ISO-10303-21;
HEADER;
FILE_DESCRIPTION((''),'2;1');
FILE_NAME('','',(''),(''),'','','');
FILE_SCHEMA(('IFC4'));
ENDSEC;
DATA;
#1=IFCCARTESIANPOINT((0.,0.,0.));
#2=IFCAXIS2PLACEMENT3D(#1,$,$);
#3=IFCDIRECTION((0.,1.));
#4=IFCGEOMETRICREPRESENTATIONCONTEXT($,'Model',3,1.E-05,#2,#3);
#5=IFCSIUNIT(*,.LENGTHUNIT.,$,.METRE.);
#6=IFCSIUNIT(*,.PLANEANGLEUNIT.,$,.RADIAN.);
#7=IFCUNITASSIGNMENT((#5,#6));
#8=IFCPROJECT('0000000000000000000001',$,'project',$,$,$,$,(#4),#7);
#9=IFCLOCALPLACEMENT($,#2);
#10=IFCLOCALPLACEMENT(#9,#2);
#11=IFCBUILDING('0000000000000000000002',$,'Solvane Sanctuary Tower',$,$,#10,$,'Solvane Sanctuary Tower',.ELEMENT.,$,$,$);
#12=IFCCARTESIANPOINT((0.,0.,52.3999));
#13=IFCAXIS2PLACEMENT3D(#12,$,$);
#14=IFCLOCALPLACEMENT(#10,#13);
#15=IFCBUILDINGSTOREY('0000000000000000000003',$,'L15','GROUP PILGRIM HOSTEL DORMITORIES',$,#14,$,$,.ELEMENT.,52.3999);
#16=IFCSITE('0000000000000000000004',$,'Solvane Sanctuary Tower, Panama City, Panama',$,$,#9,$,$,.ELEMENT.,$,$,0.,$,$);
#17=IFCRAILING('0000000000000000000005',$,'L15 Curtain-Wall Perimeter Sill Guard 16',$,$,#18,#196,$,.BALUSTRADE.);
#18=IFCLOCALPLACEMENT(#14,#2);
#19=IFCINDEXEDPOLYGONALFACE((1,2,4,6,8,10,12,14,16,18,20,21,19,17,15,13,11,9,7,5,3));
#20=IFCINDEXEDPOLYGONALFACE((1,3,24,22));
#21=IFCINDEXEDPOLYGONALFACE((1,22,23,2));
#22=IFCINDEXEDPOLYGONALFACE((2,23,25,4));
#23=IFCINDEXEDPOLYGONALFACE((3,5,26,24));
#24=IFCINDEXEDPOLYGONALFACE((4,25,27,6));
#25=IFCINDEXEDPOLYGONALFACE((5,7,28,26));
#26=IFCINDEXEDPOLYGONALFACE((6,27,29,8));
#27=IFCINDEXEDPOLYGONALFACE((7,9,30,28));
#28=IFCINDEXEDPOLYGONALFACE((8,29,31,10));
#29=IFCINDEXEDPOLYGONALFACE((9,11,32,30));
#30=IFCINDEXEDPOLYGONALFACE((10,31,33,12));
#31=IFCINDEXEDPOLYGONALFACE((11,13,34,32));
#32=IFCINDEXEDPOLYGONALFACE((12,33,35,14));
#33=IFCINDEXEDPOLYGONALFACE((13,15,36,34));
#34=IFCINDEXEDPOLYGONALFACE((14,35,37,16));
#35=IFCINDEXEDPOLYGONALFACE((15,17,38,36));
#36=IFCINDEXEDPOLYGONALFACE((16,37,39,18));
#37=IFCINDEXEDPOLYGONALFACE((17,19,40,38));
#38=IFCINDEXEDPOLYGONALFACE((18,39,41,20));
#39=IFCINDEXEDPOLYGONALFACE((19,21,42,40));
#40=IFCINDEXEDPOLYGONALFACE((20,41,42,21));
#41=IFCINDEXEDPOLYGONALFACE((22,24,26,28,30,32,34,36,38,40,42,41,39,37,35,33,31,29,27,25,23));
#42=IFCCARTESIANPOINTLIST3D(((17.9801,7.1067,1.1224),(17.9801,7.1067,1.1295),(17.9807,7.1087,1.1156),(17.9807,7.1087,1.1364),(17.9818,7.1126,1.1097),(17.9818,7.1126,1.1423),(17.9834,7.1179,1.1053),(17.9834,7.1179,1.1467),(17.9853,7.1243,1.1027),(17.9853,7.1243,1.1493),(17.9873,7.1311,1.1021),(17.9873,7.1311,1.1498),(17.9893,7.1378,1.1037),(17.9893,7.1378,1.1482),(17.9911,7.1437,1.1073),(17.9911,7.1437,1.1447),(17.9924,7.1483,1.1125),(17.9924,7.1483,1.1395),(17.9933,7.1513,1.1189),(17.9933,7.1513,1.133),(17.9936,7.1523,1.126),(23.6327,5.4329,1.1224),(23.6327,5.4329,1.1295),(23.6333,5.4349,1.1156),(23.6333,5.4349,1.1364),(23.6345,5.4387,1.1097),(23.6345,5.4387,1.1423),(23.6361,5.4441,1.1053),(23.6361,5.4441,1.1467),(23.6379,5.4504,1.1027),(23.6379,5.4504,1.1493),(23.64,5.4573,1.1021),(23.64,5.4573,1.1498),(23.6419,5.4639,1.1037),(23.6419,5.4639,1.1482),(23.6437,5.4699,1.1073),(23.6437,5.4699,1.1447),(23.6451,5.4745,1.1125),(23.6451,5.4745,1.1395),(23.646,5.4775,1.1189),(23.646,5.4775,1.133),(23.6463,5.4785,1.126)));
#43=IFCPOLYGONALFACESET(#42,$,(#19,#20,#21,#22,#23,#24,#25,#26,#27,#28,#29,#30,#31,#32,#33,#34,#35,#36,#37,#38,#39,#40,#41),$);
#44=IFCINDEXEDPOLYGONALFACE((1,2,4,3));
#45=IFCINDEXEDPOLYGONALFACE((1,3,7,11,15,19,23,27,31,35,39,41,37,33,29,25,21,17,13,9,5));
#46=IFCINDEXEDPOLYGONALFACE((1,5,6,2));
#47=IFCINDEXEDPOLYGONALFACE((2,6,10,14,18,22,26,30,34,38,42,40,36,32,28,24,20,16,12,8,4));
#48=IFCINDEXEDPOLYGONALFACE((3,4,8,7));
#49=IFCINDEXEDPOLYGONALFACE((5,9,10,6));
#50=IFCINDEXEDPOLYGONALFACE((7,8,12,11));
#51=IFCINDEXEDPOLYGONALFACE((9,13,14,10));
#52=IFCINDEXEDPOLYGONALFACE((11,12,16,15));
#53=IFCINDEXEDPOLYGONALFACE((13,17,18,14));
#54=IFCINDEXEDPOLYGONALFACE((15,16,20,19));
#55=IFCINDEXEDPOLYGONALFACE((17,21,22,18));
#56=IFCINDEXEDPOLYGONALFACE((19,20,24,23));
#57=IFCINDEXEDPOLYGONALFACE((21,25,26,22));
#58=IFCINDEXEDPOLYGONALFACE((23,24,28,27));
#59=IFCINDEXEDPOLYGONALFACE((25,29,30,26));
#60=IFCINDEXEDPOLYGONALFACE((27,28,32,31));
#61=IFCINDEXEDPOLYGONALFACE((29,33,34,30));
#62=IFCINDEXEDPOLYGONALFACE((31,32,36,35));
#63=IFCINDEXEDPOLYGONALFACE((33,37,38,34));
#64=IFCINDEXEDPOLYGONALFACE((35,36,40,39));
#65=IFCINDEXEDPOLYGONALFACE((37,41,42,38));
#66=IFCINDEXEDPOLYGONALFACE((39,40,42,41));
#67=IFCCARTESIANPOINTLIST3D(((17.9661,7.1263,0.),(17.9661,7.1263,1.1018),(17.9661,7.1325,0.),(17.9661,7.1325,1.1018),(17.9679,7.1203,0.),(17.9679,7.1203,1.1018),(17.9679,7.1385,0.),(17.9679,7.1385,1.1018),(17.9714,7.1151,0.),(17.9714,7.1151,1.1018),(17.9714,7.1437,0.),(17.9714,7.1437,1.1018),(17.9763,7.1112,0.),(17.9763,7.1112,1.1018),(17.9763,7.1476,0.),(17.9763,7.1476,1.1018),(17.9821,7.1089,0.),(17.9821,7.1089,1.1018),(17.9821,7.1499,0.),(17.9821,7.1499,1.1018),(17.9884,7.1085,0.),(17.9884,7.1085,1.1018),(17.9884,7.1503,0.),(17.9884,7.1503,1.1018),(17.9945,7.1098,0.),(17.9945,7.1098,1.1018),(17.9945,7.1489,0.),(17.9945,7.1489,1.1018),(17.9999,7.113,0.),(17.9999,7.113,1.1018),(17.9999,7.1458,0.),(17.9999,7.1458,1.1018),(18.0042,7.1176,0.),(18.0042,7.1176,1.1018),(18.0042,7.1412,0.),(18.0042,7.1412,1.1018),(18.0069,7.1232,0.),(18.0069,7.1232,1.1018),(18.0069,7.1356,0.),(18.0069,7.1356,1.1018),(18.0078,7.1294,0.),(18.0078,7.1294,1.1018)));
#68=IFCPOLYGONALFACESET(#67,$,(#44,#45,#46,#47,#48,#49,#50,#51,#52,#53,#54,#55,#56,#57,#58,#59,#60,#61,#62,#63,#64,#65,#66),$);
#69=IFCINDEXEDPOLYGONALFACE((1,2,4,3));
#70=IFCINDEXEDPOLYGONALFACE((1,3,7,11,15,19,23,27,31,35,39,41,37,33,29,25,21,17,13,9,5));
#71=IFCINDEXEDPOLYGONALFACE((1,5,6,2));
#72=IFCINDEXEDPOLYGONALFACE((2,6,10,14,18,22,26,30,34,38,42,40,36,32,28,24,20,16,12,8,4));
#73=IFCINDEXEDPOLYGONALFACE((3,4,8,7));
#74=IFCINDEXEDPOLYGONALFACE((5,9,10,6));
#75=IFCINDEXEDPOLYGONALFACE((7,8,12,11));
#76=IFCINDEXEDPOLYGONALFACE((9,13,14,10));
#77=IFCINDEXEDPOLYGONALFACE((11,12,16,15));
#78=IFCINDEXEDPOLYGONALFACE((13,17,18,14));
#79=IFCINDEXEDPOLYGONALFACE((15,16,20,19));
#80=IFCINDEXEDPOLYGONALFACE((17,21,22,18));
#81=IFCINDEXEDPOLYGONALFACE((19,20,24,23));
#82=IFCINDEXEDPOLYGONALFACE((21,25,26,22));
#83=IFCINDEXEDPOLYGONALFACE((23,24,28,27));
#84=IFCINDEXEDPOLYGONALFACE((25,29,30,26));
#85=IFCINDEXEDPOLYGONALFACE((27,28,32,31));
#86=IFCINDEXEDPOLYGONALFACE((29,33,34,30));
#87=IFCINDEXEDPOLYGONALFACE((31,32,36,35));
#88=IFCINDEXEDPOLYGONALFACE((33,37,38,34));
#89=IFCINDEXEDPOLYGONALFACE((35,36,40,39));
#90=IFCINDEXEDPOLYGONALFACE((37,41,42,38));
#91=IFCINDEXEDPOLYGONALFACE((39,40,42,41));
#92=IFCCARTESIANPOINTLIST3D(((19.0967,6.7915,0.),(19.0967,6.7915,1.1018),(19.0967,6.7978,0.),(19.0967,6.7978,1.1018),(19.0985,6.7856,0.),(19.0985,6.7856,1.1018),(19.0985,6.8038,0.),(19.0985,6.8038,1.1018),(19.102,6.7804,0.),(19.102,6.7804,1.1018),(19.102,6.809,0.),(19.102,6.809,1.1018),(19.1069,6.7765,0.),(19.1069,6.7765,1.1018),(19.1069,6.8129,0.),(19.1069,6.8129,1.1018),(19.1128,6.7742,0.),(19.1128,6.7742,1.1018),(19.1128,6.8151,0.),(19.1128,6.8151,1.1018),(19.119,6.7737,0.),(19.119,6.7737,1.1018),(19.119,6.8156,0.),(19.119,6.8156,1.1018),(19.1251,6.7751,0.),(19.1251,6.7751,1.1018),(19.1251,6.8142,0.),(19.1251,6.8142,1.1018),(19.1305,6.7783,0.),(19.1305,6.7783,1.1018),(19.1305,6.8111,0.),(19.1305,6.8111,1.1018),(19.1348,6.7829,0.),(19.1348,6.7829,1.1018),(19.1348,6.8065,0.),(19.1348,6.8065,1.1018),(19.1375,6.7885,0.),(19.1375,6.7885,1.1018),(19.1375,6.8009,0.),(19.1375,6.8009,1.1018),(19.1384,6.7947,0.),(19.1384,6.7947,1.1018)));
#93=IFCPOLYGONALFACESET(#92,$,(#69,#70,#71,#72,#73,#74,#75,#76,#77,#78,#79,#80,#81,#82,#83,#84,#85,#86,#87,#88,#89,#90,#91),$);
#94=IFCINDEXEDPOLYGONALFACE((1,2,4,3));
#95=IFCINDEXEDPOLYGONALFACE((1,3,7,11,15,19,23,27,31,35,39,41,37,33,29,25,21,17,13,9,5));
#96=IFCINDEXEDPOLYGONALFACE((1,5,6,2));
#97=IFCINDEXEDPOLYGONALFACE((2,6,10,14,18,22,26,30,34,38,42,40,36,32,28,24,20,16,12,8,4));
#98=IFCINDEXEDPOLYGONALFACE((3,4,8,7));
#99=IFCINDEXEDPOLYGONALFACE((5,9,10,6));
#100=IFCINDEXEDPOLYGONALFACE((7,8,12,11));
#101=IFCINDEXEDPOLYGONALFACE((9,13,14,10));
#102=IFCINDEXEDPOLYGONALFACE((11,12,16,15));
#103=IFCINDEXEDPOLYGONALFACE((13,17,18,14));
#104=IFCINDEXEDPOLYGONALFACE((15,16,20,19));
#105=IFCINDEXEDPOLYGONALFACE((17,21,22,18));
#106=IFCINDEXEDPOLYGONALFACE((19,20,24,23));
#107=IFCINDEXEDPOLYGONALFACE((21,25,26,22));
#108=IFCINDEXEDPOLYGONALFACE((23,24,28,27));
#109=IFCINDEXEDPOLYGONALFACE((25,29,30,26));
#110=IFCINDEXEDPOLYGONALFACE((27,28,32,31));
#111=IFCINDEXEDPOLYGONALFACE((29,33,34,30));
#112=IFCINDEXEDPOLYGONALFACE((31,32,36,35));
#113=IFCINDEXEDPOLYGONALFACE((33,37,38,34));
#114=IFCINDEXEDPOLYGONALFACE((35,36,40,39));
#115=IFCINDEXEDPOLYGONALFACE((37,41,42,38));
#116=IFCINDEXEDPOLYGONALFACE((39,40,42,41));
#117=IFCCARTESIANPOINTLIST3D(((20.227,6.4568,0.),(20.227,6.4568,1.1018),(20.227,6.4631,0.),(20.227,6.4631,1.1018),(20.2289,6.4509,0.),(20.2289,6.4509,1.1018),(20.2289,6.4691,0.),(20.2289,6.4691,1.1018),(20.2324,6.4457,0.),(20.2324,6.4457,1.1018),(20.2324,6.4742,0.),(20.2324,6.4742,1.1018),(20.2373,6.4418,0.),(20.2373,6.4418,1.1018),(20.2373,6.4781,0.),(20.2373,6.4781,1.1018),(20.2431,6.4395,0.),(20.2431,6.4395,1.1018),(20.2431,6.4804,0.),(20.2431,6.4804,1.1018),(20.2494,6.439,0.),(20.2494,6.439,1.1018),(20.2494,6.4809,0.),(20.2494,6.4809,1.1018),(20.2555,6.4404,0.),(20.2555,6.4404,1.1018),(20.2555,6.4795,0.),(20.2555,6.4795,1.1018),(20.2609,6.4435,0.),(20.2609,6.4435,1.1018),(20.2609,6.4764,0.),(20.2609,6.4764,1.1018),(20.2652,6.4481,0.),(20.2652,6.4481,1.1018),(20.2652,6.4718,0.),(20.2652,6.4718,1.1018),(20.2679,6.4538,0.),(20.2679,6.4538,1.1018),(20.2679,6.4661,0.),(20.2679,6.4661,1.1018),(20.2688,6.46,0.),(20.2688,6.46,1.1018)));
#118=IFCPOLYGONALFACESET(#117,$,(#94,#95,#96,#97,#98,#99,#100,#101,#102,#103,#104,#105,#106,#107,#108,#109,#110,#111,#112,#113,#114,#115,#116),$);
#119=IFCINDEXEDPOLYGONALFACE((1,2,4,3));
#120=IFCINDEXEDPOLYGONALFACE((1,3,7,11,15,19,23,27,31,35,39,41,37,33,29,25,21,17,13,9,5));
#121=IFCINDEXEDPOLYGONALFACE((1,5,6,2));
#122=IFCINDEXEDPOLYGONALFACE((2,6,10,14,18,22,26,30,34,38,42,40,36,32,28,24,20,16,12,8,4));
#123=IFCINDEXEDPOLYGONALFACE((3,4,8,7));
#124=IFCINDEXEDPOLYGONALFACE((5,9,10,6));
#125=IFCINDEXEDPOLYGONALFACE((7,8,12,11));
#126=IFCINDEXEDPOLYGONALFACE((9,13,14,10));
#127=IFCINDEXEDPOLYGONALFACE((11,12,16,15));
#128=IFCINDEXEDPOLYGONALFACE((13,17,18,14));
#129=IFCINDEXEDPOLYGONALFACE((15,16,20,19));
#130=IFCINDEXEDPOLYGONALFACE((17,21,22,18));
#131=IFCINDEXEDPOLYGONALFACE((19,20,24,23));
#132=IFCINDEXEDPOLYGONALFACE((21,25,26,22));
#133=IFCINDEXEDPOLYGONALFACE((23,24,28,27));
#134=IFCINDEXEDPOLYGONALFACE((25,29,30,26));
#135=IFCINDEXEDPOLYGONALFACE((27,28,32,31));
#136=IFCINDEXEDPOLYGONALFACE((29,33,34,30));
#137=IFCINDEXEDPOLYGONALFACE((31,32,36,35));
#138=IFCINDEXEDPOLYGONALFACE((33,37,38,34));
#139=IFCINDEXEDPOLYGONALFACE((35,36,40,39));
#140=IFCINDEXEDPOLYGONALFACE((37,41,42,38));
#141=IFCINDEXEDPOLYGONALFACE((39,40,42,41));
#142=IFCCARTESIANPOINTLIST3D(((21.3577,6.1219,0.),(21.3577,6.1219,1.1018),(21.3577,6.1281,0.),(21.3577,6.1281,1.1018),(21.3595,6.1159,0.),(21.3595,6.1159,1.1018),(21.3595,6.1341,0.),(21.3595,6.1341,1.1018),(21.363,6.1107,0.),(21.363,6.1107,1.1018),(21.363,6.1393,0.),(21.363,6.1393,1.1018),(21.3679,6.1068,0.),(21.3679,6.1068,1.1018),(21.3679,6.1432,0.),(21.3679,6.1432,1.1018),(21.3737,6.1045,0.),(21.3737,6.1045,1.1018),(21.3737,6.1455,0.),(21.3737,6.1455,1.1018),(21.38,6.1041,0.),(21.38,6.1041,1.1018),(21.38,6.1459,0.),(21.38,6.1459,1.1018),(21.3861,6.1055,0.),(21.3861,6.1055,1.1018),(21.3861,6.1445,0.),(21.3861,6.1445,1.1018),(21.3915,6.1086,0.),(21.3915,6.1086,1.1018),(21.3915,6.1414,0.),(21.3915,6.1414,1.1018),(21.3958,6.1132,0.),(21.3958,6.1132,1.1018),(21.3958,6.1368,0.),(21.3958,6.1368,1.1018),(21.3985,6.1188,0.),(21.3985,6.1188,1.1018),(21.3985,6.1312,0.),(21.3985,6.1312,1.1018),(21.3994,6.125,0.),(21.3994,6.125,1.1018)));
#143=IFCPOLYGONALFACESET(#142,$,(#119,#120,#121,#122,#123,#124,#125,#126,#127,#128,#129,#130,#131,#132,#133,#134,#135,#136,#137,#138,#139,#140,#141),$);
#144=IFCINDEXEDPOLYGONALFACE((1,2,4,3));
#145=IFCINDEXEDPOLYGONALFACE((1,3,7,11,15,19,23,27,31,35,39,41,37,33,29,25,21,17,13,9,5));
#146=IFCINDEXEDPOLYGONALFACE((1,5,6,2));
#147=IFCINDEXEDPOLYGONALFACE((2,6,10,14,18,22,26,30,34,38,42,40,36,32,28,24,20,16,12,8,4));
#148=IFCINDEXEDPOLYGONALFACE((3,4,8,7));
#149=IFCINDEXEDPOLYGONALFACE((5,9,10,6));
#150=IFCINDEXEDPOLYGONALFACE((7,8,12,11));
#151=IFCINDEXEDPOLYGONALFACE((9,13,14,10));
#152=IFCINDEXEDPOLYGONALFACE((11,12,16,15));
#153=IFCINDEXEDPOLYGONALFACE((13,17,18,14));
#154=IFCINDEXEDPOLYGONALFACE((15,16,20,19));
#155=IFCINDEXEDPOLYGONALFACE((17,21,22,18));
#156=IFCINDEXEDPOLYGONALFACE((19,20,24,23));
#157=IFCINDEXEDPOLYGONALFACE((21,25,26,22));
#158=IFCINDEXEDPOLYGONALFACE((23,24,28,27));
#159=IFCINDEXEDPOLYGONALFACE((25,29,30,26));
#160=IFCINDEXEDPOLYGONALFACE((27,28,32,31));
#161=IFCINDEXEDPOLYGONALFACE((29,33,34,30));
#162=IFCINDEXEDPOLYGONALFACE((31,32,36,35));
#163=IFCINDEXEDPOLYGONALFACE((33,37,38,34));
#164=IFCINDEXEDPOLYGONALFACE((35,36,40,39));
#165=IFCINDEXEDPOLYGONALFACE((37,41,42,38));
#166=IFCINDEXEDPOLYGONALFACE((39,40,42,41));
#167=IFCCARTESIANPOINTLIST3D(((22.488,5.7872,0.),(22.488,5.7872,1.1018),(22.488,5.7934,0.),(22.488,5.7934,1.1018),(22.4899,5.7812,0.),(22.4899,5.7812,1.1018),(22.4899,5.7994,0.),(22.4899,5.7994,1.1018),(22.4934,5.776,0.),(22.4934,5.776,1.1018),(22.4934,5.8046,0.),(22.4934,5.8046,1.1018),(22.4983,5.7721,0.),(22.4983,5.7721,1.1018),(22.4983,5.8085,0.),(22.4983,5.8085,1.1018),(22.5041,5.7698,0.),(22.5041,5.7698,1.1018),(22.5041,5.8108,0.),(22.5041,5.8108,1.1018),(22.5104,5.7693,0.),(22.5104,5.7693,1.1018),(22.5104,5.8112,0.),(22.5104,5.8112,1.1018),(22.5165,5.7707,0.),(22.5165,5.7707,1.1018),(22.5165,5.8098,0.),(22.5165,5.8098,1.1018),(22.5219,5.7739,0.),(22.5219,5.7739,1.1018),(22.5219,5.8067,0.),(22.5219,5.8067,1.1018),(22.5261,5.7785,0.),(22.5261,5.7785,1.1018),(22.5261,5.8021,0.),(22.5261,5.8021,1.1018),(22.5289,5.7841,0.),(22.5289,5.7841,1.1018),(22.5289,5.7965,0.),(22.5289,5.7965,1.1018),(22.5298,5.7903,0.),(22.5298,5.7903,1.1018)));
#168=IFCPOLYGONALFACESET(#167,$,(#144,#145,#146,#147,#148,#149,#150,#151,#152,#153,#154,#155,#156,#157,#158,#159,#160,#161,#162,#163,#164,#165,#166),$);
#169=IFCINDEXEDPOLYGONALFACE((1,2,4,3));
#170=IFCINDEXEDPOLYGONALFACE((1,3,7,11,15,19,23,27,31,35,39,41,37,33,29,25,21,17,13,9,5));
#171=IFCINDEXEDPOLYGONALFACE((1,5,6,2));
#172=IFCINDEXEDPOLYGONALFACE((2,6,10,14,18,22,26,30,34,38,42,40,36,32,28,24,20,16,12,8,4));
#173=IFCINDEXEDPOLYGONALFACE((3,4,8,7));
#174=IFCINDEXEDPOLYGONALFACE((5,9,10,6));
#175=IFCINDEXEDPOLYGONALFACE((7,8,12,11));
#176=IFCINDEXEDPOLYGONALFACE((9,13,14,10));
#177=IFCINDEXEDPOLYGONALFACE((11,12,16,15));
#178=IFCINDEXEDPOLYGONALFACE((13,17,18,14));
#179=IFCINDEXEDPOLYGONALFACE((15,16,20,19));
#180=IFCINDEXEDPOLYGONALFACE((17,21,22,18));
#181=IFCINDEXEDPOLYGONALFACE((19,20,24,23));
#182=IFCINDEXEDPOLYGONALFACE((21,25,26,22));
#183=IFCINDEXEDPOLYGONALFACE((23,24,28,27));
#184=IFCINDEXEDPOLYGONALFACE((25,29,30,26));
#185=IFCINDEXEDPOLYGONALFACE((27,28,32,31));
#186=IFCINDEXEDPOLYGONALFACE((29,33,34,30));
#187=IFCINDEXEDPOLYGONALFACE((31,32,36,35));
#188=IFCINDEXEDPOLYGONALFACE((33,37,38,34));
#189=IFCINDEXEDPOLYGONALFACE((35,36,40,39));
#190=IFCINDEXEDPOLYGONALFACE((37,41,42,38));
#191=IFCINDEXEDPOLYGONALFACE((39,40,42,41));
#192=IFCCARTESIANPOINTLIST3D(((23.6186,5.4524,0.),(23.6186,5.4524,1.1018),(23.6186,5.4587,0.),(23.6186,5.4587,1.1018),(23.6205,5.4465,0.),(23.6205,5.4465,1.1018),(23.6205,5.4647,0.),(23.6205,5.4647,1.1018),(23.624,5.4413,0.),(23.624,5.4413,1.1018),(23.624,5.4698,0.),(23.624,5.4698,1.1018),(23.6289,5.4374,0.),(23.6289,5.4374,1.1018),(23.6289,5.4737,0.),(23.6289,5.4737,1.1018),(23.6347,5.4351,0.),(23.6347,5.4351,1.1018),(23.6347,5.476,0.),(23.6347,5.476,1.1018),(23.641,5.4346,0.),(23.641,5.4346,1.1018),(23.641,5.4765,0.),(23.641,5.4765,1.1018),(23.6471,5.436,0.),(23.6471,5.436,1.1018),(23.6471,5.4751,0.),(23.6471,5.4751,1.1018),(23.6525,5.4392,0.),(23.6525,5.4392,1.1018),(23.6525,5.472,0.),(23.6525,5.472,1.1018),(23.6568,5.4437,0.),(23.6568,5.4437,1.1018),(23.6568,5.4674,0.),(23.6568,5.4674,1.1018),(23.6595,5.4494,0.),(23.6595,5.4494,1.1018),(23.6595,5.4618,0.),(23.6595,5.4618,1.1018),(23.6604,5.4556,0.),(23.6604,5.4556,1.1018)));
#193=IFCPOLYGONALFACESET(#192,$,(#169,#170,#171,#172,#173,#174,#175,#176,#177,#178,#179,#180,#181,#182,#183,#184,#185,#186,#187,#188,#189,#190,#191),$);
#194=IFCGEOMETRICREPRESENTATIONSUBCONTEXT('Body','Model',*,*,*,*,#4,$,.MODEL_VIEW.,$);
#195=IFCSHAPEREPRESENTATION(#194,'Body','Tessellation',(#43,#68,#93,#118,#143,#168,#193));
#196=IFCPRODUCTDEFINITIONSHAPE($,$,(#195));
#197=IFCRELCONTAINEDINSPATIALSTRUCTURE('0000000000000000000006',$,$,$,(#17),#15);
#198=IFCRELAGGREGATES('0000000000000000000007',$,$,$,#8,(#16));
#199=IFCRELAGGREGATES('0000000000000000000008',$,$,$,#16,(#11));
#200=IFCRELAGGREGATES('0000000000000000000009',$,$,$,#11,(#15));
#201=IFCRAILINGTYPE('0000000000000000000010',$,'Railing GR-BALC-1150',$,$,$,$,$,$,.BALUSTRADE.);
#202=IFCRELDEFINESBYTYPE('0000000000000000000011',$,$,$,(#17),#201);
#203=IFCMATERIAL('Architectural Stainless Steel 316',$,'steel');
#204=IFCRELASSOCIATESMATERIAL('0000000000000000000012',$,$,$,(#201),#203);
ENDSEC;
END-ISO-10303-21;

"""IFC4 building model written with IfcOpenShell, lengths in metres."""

from ifc_helpers import new_model, si_unit, direction, frame, origin, origin_2d, place, context, subcontext, project, spatial, circle, extrude, material, type_object, element, save


model = new_model("IFC4")

# Units and contexts
model_context = context("Model", 3, precision=1e-05, world=origin(), true_north=direction((0.0, 1.0)))
body_context = subcontext(model_context, "Body", "Model", "MODEL_VIEW")
ifc_project = project(units=[si_unit("LENGTHUNIT", "METRE"), si_unit("PLANEANGLEUNIT", "RADIAN")], contexts=[model_context])

# Site, building, storey
site_placement = place(None, origin())
site = spatial("IfcSite", under=ifc_project, at=site_placement, Name="Solvane Sanctuary Tower, Panama City, Panama", CompositionType="ELEMENT", RefElevation=0.0)
building_placement = place(site_placement, origin())
building = spatial("IfcBuilding", under=site, at=building_placement, Name="Solvane Sanctuary Tower", LongName="Solvane Sanctuary Tower", CompositionType="ELEMENT")
storey_placement = place(building_placement, frame((0.0, 0.0, 52.3999)))
storey = spatial("IfcBuildingStorey", under=building, at=storey_placement, Name="L15", Description="GROUP PILGRIM HOSTEL DORMITORIES", CompositionType="ELEMENT", Elevation=52.3999)

# Railing
ifc_material_1 = material(Name="Architectural Stainless Steel 316", Category="steel")
railing_type = type_object("IfcRailingType", Name="Railing GR-BALC-1150", PredefinedType="BALUSTRADE", material=ifc_material_1)
railing_placement = place(storey_placement, frame((17.9868, 7.1294, 0.0)))
element("IfcRailing", 1, at=railing_placement, inside=storey, type_object=railing_type, Name="L15 Curtain-Wall Perimeter Sill Guard 16", PredefinedType="BALUSTRADE", context=body_context, shape_type="SweptSolid", body=[
    extrude(circle(Radius=0.0239, at=origin_2d()), frame((0.0, 0.0, 1.126), z_axis=(0.958845, -0.28393, 0.0), x_axis=(0.28393, 0.958845, 0.0)), (0.0, 0.0, 1.0), 5.8953),
    extrude(circle(Radius=0.021, at=origin_2d()), origin(), (0.0, 0.0, 1.0), 1.1018),
    extrude(circle(Radius=0.021, at=origin_2d()), frame((1.1306, -0.3347, 0.0)), (0.0, 0.0, 1.0), 1.1018),
    extrude(circle(Radius=0.021, at=origin_2d()), frame((2.261, -0.6694, 0.0)), (0.0, 0.0, 1.0), 1.1018),
    extrude(circle(Radius=0.021, at=origin_2d()), frame((3.3916, -1.0044, 0.0)), (0.0, 0.0, 1.0), 1.1018),
    extrude(circle(Radius=0.021, at=origin_2d()), frame((4.522, -1.3391, 0.0)), (0.0, 0.0, 1.0), 1.1018),
    extrude(circle(Radius=0.021, at=origin_2d()), frame((5.6526, -1.6738, 0.0)), (0.0, 0.0, 1.0), 1.1018),
])

save(model, "model.ifc")
